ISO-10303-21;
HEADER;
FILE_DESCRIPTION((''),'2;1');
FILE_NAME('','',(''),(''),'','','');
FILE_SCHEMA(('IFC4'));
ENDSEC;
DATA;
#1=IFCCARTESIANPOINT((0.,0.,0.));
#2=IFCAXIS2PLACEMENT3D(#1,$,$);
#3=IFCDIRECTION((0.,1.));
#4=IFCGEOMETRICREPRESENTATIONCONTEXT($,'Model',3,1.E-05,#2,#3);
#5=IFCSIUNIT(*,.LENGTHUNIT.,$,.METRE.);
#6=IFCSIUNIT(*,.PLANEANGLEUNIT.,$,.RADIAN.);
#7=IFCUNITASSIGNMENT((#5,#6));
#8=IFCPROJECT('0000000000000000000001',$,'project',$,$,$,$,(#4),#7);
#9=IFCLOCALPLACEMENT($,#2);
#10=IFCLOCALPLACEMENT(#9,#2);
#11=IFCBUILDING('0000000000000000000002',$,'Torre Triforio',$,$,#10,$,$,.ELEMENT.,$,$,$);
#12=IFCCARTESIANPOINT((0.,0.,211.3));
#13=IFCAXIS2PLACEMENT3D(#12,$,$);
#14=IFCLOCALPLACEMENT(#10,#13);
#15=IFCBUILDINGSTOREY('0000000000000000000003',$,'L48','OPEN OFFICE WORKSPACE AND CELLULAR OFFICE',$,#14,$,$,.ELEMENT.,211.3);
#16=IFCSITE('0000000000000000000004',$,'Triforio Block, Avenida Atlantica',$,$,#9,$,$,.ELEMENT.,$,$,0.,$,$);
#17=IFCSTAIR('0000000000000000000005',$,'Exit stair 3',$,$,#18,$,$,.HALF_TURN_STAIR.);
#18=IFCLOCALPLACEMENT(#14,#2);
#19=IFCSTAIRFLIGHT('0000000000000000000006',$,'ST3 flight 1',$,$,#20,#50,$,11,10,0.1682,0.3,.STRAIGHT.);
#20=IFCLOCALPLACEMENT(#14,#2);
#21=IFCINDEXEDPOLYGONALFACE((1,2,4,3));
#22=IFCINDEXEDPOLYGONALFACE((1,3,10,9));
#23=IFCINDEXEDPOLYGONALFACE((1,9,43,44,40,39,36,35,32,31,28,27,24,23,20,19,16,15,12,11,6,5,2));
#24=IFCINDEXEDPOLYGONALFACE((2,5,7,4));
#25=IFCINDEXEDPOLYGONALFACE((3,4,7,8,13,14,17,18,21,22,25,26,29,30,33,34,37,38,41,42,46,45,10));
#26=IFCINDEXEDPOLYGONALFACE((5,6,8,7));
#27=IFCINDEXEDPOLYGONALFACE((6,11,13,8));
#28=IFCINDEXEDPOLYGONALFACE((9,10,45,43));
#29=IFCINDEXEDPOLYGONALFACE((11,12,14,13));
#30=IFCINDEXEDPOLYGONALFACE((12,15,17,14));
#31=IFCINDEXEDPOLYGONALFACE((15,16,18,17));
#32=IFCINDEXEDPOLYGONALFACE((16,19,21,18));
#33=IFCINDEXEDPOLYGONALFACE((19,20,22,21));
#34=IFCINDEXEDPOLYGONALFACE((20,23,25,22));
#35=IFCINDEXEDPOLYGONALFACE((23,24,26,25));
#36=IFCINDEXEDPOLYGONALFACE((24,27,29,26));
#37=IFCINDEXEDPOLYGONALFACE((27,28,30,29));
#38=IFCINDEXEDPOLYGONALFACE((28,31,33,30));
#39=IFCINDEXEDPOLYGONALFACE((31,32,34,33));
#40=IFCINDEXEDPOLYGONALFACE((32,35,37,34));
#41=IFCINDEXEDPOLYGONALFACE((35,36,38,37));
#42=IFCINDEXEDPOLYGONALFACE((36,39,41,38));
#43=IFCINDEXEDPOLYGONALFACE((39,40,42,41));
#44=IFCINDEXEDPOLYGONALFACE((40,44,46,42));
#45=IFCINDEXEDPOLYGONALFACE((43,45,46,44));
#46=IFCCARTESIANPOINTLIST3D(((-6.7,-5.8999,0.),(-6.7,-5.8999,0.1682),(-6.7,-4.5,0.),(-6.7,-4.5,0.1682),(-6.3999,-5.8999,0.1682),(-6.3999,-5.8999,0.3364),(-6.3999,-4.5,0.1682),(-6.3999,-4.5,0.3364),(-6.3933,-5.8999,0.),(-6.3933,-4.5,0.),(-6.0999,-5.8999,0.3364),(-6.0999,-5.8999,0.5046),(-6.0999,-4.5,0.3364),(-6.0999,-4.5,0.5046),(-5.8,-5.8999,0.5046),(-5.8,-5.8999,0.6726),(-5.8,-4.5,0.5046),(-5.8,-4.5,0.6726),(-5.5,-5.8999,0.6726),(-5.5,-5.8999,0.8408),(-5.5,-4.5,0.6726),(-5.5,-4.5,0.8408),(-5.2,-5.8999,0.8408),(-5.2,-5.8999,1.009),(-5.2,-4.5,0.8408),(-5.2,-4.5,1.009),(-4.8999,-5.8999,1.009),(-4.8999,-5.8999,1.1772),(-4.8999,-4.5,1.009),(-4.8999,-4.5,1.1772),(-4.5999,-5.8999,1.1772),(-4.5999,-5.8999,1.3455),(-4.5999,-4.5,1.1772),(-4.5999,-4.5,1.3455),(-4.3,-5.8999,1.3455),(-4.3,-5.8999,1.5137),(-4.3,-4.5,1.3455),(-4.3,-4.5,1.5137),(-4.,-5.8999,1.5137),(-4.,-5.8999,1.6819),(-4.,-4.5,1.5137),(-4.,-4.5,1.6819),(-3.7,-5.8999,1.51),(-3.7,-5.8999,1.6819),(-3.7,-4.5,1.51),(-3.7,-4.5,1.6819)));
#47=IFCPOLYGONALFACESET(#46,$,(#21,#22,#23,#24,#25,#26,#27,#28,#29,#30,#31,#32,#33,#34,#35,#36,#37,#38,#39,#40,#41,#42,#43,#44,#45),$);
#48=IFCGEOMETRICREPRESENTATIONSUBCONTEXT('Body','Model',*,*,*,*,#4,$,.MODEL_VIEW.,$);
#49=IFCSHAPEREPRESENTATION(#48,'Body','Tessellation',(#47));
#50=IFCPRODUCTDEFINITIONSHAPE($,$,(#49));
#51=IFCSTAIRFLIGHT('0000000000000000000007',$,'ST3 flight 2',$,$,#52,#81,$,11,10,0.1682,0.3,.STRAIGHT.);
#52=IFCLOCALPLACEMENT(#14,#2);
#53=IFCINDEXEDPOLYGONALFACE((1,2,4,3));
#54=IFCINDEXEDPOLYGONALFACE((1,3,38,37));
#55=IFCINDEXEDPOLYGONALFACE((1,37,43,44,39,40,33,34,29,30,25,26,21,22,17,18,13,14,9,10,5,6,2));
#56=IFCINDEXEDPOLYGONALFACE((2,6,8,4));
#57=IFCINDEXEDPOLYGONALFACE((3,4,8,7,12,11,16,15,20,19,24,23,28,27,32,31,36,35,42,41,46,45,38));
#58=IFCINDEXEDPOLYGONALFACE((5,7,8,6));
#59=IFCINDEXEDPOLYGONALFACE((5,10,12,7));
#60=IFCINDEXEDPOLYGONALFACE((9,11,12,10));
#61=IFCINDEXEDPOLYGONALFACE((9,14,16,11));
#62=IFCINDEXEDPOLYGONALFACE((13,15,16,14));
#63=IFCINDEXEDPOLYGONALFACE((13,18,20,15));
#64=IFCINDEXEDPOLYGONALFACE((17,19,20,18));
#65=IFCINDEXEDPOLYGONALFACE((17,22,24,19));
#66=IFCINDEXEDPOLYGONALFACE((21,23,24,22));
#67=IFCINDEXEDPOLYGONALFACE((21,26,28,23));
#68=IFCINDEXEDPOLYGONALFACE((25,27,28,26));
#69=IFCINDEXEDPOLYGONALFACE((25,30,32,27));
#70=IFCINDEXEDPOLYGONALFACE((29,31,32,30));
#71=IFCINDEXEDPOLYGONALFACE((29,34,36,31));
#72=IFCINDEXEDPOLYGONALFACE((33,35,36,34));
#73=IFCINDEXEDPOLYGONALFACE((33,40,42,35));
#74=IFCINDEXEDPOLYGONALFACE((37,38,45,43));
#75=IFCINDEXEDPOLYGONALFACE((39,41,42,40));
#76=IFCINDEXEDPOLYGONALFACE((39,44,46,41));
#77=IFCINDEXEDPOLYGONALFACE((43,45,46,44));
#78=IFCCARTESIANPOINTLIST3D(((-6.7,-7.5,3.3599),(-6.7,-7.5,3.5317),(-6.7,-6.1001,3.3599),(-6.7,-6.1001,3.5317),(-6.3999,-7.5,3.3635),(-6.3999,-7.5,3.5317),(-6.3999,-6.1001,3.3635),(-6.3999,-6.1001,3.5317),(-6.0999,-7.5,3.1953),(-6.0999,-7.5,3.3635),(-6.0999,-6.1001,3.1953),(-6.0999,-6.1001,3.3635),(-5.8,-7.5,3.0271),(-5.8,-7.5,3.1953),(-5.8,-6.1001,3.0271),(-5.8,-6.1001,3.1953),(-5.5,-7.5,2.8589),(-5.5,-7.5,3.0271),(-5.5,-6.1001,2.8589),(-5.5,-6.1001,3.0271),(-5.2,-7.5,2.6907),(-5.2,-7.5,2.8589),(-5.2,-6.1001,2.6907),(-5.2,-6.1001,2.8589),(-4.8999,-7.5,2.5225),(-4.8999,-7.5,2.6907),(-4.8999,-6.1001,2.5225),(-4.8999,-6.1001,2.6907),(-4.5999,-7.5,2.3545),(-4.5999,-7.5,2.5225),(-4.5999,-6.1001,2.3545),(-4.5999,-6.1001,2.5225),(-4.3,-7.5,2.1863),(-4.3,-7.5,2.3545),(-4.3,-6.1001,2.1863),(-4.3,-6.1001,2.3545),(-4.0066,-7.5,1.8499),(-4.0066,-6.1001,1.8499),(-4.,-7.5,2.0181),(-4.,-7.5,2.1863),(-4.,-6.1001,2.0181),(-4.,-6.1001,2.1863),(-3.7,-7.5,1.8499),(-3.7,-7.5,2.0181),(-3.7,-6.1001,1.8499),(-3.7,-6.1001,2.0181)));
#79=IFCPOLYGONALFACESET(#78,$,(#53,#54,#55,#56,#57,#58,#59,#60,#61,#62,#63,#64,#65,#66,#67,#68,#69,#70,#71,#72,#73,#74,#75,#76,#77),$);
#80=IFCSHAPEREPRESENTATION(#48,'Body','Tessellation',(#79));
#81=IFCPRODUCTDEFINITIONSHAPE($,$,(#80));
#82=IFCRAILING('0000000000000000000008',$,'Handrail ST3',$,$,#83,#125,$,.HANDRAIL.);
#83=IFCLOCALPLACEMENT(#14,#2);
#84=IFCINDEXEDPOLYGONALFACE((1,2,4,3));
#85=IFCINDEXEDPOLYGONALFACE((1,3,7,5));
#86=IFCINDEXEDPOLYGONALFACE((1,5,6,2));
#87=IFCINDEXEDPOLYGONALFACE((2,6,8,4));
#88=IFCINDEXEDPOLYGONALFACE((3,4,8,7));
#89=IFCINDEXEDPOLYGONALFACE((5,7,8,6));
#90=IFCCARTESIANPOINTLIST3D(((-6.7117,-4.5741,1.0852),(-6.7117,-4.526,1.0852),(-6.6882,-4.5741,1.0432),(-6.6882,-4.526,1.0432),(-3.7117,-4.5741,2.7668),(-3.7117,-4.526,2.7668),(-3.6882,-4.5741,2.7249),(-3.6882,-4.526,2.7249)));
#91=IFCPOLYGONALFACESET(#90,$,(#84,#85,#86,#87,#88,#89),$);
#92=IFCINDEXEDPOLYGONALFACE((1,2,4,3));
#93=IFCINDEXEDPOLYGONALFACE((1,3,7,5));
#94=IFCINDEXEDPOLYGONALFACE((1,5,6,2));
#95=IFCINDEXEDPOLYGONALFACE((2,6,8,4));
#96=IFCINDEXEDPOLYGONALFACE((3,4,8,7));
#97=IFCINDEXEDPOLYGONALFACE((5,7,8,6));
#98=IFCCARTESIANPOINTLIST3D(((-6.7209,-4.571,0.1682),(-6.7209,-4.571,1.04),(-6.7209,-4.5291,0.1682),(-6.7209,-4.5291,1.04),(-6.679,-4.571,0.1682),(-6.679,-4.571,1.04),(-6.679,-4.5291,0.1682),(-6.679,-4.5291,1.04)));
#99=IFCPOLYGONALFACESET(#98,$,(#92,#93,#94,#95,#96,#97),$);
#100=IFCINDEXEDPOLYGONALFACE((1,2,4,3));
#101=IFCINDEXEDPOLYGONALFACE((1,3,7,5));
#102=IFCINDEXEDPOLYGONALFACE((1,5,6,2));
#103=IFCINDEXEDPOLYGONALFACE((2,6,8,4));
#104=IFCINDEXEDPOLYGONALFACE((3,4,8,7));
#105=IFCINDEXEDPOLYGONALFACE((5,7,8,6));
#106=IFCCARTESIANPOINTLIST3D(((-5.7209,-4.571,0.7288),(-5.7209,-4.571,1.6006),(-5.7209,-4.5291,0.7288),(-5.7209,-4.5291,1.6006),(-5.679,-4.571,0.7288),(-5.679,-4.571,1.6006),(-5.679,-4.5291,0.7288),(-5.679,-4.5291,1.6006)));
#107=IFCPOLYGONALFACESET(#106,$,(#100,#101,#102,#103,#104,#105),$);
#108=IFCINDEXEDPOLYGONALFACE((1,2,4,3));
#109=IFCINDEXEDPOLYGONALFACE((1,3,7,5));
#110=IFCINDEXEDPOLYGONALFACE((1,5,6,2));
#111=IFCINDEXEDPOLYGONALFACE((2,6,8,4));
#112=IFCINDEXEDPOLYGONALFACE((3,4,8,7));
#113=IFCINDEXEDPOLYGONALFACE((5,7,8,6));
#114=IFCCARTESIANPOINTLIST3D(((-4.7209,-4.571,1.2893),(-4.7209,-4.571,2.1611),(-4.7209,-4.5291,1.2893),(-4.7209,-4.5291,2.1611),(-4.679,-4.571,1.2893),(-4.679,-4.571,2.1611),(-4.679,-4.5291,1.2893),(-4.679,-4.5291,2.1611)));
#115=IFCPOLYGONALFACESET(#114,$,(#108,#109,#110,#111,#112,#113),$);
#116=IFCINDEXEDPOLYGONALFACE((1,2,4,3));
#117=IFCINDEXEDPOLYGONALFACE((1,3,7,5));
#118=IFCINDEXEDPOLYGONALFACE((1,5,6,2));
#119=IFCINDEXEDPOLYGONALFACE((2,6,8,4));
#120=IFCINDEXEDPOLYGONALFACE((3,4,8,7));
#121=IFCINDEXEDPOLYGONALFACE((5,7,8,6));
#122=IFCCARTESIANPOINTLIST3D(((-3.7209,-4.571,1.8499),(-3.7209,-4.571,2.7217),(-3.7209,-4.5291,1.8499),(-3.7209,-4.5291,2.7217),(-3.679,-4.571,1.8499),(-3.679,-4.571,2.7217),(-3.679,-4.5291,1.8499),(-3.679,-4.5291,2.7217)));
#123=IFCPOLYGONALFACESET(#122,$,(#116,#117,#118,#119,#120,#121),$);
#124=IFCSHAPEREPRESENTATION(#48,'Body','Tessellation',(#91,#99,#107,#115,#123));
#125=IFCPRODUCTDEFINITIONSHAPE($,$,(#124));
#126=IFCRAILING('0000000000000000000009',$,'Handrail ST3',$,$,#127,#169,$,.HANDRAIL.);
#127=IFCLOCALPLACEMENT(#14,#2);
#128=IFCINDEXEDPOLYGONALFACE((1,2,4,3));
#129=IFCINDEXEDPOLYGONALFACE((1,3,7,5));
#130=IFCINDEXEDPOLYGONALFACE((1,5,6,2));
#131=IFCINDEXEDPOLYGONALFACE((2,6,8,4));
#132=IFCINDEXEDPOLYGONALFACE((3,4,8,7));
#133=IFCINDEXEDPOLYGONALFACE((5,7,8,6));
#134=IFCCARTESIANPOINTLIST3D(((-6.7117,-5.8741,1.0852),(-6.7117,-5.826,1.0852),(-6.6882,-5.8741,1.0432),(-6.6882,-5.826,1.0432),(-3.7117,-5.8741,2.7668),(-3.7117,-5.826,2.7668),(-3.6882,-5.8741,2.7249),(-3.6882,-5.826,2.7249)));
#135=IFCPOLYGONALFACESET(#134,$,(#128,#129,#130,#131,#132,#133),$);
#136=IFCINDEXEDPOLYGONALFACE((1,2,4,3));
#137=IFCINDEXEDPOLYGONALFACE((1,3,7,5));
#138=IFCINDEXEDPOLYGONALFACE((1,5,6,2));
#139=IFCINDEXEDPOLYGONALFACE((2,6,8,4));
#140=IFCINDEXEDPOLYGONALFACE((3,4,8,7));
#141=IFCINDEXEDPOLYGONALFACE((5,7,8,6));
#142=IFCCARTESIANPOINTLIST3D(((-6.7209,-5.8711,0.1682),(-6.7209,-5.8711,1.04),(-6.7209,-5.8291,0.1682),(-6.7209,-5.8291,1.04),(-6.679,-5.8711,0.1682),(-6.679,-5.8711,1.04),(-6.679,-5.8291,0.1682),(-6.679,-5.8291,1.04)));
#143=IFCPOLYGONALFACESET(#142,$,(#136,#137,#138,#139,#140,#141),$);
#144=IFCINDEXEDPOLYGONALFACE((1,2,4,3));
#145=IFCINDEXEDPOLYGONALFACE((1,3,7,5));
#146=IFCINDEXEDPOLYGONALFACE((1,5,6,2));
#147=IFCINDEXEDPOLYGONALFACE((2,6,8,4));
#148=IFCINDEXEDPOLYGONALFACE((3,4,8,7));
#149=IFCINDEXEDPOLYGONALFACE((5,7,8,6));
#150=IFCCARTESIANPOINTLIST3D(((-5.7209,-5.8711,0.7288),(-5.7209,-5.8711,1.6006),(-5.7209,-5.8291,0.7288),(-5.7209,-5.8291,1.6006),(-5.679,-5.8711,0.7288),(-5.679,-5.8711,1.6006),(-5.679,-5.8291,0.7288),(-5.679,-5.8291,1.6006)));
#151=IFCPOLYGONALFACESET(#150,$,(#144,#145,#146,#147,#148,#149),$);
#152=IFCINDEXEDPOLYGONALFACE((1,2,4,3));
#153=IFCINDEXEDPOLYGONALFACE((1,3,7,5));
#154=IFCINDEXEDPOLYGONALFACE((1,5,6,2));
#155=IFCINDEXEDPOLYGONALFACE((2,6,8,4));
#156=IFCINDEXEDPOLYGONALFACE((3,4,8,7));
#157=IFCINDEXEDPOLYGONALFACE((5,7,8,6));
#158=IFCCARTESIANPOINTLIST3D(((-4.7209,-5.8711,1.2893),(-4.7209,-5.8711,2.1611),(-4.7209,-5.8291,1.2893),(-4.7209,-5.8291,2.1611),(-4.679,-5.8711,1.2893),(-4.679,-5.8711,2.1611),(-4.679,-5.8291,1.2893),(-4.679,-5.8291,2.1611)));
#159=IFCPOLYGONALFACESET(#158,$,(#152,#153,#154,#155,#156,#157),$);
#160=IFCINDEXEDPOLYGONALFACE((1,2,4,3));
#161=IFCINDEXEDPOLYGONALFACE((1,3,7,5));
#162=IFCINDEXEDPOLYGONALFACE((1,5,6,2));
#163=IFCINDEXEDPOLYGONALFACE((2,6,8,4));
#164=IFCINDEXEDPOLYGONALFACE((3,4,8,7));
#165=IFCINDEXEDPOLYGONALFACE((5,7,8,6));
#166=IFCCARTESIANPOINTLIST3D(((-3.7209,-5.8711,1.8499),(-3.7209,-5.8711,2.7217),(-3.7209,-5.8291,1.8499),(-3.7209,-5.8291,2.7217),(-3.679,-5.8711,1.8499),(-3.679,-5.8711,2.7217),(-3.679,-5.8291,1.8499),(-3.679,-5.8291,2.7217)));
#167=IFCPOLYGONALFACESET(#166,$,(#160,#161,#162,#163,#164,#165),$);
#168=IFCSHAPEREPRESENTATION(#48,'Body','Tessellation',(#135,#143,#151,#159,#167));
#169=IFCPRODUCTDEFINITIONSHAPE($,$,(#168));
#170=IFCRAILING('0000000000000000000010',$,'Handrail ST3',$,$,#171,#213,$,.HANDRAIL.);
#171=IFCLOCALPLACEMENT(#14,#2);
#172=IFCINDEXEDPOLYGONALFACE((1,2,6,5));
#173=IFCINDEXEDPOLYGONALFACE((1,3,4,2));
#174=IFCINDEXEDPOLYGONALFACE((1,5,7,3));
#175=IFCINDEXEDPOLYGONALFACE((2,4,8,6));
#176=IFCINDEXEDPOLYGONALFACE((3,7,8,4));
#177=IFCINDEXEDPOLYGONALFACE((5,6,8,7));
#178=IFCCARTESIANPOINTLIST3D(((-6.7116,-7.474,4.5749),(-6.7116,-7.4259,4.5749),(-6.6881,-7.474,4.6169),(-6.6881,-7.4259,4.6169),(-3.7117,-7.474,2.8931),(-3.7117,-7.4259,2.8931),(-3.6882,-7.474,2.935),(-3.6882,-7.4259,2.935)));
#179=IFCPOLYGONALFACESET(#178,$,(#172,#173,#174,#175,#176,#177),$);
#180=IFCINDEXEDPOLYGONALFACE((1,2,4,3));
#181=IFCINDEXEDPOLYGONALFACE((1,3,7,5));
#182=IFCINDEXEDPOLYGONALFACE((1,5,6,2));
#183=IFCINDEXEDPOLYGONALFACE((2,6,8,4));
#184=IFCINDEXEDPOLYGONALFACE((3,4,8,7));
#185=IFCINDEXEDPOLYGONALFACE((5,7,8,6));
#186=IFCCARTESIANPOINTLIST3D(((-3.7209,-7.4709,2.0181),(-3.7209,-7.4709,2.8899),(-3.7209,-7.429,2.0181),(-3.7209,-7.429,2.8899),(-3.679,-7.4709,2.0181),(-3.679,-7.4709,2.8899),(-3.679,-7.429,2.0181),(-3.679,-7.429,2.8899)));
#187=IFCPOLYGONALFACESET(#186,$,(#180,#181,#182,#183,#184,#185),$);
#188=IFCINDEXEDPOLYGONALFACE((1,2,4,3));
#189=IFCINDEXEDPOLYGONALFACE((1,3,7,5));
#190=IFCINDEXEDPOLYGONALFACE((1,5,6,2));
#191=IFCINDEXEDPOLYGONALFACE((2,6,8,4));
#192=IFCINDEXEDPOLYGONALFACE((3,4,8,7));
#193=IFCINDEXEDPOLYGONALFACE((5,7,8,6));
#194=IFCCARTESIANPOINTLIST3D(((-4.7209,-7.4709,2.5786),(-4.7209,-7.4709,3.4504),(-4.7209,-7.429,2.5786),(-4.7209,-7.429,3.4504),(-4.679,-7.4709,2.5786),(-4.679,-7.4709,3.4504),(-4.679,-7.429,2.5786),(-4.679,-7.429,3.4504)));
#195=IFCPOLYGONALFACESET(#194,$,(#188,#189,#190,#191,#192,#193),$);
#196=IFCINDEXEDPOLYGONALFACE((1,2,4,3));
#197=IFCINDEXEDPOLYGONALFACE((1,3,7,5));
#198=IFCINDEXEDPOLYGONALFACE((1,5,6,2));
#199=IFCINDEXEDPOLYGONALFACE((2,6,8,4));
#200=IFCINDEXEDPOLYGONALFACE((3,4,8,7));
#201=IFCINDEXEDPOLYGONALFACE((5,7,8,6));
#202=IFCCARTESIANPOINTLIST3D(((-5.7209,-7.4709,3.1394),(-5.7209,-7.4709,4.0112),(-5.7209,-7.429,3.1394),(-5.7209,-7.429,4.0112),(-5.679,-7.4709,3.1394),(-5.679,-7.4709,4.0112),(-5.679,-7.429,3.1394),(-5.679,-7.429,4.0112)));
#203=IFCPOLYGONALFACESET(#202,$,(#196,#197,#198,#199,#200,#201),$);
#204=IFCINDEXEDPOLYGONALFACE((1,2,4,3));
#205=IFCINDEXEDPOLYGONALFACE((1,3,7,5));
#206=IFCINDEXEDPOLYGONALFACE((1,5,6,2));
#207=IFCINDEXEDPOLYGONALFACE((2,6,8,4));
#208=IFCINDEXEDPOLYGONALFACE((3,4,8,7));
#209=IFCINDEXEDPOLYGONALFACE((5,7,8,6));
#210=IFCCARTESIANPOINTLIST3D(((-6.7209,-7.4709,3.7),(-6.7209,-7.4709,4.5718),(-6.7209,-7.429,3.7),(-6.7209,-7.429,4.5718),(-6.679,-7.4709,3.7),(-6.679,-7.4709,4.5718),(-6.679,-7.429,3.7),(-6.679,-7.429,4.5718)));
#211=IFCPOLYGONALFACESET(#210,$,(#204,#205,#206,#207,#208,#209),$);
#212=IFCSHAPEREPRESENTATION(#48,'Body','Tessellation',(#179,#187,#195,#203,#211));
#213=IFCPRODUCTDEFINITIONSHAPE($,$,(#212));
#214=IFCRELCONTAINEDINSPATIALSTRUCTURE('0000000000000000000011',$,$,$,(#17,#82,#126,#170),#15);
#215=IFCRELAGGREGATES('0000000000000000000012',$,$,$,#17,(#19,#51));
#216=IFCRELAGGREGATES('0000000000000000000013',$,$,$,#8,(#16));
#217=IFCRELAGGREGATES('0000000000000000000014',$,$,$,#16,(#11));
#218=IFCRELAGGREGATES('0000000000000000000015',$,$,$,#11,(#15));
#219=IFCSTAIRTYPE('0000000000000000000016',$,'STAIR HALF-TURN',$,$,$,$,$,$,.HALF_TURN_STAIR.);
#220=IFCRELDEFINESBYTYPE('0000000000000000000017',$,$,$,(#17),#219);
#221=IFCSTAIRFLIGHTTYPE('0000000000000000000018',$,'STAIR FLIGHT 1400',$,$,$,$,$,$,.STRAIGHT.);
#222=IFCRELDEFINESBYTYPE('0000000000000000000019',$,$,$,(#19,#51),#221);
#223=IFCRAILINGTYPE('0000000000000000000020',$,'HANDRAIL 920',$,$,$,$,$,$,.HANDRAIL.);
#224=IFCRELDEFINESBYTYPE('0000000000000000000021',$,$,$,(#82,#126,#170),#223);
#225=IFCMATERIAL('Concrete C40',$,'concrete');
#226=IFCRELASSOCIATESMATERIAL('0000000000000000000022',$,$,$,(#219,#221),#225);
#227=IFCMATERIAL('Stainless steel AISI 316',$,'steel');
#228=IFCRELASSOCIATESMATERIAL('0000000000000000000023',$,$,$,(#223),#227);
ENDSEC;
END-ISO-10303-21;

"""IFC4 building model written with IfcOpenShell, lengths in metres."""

from ifc_helpers import new_model, si_unit, direction, frame, origin, origin_2d, place, context, subcontext, project, spatial, polyline, rectangle, outline, extrude, material, type_object, element, aggregate, save


model = new_model("IFC4")

# Units and contexts
model_context = context("Model", 3, precision=1e-05, world=origin(), true_north=direction((0.0, 1.0)))
body_context = subcontext(model_context, "Body", "Model", "MODEL_VIEW")
ifc_project = project(units=[si_unit("LENGTHUNIT", "METRE"), si_unit("PLANEANGLEUNIT", "RADIAN")], contexts=[model_context])

# Site, building, storey
site_placement = place(None, origin())
site = spatial("IfcSite", under=ifc_project, at=site_placement, Name="Triforio Block, Avenida Atlantica", CompositionType="ELEMENT", RefElevation=0.0)
building_placement = place(site_placement, origin())
building = spatial("IfcBuilding", under=site, at=building_placement, Name="Torre Triforio", CompositionType="ELEMENT")
storey_placement = place(building_placement, frame((0.0, 0.0, 211.3)))
storey = spatial("IfcBuildingStorey", under=building, at=storey_placement, Name="L48", Description="OPEN OFFICE WORKSPACE AND CELLULAR OFFICE", CompositionType="ELEMENT", Elevation=211.3)

# Stair, stair flights
ifc_material_1 = material(Name="Concrete C40", Category="concrete")
stair_type = type_object("IfcStairType", Name="STAIR HALF-TURN", PredefinedType="HALF_TURN_STAIR", material=ifc_material_1)
stair_placement = place(storey_placement, origin())
stair = element("IfcStair", 1, at=stair_placement, inside=storey, type_object=stair_type, Name="Exit stair 3", PredefinedType="HALF_TURN_STAIR")
stair_flight_type = type_object("IfcStairFlightType", Name="STAIR FLIGHT 1400", PredefinedType="STRAIGHT", material=ifc_material_1)
stair_flight_1_placement = place(storey_placement, frame((-6.7, -5.2, 0.0), z_axis=(0.0, 0.0, 1.0), x_axis=(1.0, 0.0, 0.0)))
stair_flight_1 = element("IfcStairFlight", 2, at=stair_flight_1_placement, type_object=stair_flight_type, Name="ST3 flight 1", NumberOfRisers=11, NumberOfTreads=10, PredefinedType="STRAIGHT", RiserHeight=0.1682, TreadLength=0.3, context=body_context, shape_type="SweptSolid", body=[
    extrude(outline(polyline([(0.0, 0.0), (0.0, 0.1682), (0.3, 0.1682), (0.3, 0.3364), (0.6001, 0.3364), (0.6001, 0.5046), (0.8999, 0.5046), (0.8999, 0.6726), (1.2, 0.6726), (1.2, 0.8408), (1.5, 0.8408), (1.5, 1.009), (1.8, 1.009), (1.8, 1.1772), (2.1001, 1.1772), (2.1001, 1.3455), (2.3999, 1.3455), (2.3999, 1.5137), (2.7, 1.5137), (2.7, 1.6819), (3.0, 1.6819), (3.0, 1.8501), (3.0, 1.51), (0.3066, 0.0), (0.0, 0.0)])), frame((0.0, 0.7, 0.0), z_axis=(0.0, -1.0, 0.0), x_axis=(1.0, 0.0, 0.0)), (0.0, 0.0, 1.0), 1.3999),
])
stair_flight_2_placement = place(storey_placement, frame((-3.7, -6.8, 1.8499), z_axis=(0.0, 0.0, 1.0), x_axis=(-1.0, 0.0, 0.0)))
stair_flight_2 = element("IfcStairFlight", 3, at=stair_flight_2_placement, type_object=stair_flight_type, Name="ST3 flight 2", NumberOfRisers=11, NumberOfTreads=10, PredefinedType="STRAIGHT", RiserHeight=0.1682, TreadLength=0.3, context=body_context, shape_type="SweptSolid", body=[
    extrude(outline(polyline([(0.0, 0.0), (0.0, 0.1682), (0.3, 0.1682), (0.3, 0.3364), (0.6001, 0.3364), (0.6001, 0.5046), (0.8999, 0.5046), (0.8999, 0.6726), (1.2, 0.6726), (1.2, 0.8408), (1.5, 0.8408), (1.5, 1.009), (1.8, 1.009), (1.8, 1.1772), (2.1001, 1.1772), (2.1001, 1.3455), (2.3999, 1.3455), (2.3999, 1.5137), (2.7, 1.5137), (2.7, 1.6819), (3.0, 1.6819), (3.0, 1.8501), (3.0, 1.51), (0.3066, 0.0), (0.0, 0.0)])), frame((0.0, 0.7, 0.0), z_axis=(0.0, -1.0, 0.0), x_axis=(1.0, 0.0, 0.0)), (0.0, 0.0, 1.0), 1.3999),
])
aggregate(stair, [stair_flight_1, stair_flight_2])

# Railings
ifc_material_2 = material(Name="Stainless steel AISI 316", Category="steel")
railing_type = type_object("IfcRailingType", Name="HANDRAIL 920", PredefinedType="HANDRAIL", material=ifc_material_2)
for number, where, name in (
    (4, (-6.7, -4.55, 0.1682), "Handrail ST3"),
    (5, (-6.7, -5.8501, 0.1682), "Handrail ST3"),
):
    element("IfcRailing", number, at=place(storey_placement, frame(where)), inside=storey, type_object=railing_type, Name=name, PredefinedType="HANDRAIL", context=body_context, shape_type="SweptSolid", body=[
        extrude(rectangle(XDim=0.0481, YDim=0.0481, at=origin_2d()), frame((0.0, 0.0, 0.896), z_axis=(0.872303, 0.0, 0.488966), x_axis=(0.0, 1.0, 0.0)), (0.0, 0.0, 1.0), 3.4392),
        extrude(rectangle(XDim=0.042, YDim=0.042, at=origin_2d()), origin(), (0.0, 0.0, 1.0), 0.8718),
        extrude(rectangle(XDim=0.042, YDim=0.042, at=origin_2d()), frame((1.0, 0.0, 0.5605)), (0.0, 0.0, 1.0), 0.8718),
        extrude(rectangle(XDim=0.042, YDim=0.042, at=origin_2d()), frame((2.0, 0.0, 1.1211)), (0.0, 0.0, 1.0), 0.8718),
        extrude(rectangle(XDim=0.042, YDim=0.042, at=origin_2d()), frame((3.0, 0.0, 1.6816)), (0.0, 0.0, 1.0), 0.8718),
    ])
for number, where, name in (
    (6, (-3.7, -7.45, 2.0181), "Handrail ST3"),
):
    element("IfcRailing", number, at=place(storey_placement, frame(where)), inside=storey, type_object=railing_type, Name=name, PredefinedType="HANDRAIL", context=body_context, shape_type="SweptSolid", body=[
        extrude(rectangle(XDim=0.0481, YDim=0.0481, at=origin_2d()), frame((0.0, 0.0, 0.896), z_axis=(-0.872272, 0.0, 0.48902), x_axis=(0.0, -1.0, 0.0)), (0.0, 0.0, 1.0), 3.4392),
        extrude(rectangle(XDim=0.042, YDim=0.042, at=origin_2d()), origin(), (0.0, 0.0, 1.0), 0.8718),
        extrude(rectangle(XDim=0.042, YDim=0.042, at=origin_2d()), frame((-1.0, 0.0, 0.5605)), (0.0, 0.0, 1.0), 0.8718),
        extrude(rectangle(XDim=0.042, YDim=0.042, at=origin_2d()), frame((-2.0, 0.0, 1.1213)), (0.0, 0.0, 1.0), 0.8718),
        extrude(rectangle(XDim=0.042, YDim=0.042, at=origin_2d()), frame((-3.0, 0.0, 1.6819)), (0.0, 0.0, 1.0), 0.8718),
    ])

save(model, "model.ifc")
